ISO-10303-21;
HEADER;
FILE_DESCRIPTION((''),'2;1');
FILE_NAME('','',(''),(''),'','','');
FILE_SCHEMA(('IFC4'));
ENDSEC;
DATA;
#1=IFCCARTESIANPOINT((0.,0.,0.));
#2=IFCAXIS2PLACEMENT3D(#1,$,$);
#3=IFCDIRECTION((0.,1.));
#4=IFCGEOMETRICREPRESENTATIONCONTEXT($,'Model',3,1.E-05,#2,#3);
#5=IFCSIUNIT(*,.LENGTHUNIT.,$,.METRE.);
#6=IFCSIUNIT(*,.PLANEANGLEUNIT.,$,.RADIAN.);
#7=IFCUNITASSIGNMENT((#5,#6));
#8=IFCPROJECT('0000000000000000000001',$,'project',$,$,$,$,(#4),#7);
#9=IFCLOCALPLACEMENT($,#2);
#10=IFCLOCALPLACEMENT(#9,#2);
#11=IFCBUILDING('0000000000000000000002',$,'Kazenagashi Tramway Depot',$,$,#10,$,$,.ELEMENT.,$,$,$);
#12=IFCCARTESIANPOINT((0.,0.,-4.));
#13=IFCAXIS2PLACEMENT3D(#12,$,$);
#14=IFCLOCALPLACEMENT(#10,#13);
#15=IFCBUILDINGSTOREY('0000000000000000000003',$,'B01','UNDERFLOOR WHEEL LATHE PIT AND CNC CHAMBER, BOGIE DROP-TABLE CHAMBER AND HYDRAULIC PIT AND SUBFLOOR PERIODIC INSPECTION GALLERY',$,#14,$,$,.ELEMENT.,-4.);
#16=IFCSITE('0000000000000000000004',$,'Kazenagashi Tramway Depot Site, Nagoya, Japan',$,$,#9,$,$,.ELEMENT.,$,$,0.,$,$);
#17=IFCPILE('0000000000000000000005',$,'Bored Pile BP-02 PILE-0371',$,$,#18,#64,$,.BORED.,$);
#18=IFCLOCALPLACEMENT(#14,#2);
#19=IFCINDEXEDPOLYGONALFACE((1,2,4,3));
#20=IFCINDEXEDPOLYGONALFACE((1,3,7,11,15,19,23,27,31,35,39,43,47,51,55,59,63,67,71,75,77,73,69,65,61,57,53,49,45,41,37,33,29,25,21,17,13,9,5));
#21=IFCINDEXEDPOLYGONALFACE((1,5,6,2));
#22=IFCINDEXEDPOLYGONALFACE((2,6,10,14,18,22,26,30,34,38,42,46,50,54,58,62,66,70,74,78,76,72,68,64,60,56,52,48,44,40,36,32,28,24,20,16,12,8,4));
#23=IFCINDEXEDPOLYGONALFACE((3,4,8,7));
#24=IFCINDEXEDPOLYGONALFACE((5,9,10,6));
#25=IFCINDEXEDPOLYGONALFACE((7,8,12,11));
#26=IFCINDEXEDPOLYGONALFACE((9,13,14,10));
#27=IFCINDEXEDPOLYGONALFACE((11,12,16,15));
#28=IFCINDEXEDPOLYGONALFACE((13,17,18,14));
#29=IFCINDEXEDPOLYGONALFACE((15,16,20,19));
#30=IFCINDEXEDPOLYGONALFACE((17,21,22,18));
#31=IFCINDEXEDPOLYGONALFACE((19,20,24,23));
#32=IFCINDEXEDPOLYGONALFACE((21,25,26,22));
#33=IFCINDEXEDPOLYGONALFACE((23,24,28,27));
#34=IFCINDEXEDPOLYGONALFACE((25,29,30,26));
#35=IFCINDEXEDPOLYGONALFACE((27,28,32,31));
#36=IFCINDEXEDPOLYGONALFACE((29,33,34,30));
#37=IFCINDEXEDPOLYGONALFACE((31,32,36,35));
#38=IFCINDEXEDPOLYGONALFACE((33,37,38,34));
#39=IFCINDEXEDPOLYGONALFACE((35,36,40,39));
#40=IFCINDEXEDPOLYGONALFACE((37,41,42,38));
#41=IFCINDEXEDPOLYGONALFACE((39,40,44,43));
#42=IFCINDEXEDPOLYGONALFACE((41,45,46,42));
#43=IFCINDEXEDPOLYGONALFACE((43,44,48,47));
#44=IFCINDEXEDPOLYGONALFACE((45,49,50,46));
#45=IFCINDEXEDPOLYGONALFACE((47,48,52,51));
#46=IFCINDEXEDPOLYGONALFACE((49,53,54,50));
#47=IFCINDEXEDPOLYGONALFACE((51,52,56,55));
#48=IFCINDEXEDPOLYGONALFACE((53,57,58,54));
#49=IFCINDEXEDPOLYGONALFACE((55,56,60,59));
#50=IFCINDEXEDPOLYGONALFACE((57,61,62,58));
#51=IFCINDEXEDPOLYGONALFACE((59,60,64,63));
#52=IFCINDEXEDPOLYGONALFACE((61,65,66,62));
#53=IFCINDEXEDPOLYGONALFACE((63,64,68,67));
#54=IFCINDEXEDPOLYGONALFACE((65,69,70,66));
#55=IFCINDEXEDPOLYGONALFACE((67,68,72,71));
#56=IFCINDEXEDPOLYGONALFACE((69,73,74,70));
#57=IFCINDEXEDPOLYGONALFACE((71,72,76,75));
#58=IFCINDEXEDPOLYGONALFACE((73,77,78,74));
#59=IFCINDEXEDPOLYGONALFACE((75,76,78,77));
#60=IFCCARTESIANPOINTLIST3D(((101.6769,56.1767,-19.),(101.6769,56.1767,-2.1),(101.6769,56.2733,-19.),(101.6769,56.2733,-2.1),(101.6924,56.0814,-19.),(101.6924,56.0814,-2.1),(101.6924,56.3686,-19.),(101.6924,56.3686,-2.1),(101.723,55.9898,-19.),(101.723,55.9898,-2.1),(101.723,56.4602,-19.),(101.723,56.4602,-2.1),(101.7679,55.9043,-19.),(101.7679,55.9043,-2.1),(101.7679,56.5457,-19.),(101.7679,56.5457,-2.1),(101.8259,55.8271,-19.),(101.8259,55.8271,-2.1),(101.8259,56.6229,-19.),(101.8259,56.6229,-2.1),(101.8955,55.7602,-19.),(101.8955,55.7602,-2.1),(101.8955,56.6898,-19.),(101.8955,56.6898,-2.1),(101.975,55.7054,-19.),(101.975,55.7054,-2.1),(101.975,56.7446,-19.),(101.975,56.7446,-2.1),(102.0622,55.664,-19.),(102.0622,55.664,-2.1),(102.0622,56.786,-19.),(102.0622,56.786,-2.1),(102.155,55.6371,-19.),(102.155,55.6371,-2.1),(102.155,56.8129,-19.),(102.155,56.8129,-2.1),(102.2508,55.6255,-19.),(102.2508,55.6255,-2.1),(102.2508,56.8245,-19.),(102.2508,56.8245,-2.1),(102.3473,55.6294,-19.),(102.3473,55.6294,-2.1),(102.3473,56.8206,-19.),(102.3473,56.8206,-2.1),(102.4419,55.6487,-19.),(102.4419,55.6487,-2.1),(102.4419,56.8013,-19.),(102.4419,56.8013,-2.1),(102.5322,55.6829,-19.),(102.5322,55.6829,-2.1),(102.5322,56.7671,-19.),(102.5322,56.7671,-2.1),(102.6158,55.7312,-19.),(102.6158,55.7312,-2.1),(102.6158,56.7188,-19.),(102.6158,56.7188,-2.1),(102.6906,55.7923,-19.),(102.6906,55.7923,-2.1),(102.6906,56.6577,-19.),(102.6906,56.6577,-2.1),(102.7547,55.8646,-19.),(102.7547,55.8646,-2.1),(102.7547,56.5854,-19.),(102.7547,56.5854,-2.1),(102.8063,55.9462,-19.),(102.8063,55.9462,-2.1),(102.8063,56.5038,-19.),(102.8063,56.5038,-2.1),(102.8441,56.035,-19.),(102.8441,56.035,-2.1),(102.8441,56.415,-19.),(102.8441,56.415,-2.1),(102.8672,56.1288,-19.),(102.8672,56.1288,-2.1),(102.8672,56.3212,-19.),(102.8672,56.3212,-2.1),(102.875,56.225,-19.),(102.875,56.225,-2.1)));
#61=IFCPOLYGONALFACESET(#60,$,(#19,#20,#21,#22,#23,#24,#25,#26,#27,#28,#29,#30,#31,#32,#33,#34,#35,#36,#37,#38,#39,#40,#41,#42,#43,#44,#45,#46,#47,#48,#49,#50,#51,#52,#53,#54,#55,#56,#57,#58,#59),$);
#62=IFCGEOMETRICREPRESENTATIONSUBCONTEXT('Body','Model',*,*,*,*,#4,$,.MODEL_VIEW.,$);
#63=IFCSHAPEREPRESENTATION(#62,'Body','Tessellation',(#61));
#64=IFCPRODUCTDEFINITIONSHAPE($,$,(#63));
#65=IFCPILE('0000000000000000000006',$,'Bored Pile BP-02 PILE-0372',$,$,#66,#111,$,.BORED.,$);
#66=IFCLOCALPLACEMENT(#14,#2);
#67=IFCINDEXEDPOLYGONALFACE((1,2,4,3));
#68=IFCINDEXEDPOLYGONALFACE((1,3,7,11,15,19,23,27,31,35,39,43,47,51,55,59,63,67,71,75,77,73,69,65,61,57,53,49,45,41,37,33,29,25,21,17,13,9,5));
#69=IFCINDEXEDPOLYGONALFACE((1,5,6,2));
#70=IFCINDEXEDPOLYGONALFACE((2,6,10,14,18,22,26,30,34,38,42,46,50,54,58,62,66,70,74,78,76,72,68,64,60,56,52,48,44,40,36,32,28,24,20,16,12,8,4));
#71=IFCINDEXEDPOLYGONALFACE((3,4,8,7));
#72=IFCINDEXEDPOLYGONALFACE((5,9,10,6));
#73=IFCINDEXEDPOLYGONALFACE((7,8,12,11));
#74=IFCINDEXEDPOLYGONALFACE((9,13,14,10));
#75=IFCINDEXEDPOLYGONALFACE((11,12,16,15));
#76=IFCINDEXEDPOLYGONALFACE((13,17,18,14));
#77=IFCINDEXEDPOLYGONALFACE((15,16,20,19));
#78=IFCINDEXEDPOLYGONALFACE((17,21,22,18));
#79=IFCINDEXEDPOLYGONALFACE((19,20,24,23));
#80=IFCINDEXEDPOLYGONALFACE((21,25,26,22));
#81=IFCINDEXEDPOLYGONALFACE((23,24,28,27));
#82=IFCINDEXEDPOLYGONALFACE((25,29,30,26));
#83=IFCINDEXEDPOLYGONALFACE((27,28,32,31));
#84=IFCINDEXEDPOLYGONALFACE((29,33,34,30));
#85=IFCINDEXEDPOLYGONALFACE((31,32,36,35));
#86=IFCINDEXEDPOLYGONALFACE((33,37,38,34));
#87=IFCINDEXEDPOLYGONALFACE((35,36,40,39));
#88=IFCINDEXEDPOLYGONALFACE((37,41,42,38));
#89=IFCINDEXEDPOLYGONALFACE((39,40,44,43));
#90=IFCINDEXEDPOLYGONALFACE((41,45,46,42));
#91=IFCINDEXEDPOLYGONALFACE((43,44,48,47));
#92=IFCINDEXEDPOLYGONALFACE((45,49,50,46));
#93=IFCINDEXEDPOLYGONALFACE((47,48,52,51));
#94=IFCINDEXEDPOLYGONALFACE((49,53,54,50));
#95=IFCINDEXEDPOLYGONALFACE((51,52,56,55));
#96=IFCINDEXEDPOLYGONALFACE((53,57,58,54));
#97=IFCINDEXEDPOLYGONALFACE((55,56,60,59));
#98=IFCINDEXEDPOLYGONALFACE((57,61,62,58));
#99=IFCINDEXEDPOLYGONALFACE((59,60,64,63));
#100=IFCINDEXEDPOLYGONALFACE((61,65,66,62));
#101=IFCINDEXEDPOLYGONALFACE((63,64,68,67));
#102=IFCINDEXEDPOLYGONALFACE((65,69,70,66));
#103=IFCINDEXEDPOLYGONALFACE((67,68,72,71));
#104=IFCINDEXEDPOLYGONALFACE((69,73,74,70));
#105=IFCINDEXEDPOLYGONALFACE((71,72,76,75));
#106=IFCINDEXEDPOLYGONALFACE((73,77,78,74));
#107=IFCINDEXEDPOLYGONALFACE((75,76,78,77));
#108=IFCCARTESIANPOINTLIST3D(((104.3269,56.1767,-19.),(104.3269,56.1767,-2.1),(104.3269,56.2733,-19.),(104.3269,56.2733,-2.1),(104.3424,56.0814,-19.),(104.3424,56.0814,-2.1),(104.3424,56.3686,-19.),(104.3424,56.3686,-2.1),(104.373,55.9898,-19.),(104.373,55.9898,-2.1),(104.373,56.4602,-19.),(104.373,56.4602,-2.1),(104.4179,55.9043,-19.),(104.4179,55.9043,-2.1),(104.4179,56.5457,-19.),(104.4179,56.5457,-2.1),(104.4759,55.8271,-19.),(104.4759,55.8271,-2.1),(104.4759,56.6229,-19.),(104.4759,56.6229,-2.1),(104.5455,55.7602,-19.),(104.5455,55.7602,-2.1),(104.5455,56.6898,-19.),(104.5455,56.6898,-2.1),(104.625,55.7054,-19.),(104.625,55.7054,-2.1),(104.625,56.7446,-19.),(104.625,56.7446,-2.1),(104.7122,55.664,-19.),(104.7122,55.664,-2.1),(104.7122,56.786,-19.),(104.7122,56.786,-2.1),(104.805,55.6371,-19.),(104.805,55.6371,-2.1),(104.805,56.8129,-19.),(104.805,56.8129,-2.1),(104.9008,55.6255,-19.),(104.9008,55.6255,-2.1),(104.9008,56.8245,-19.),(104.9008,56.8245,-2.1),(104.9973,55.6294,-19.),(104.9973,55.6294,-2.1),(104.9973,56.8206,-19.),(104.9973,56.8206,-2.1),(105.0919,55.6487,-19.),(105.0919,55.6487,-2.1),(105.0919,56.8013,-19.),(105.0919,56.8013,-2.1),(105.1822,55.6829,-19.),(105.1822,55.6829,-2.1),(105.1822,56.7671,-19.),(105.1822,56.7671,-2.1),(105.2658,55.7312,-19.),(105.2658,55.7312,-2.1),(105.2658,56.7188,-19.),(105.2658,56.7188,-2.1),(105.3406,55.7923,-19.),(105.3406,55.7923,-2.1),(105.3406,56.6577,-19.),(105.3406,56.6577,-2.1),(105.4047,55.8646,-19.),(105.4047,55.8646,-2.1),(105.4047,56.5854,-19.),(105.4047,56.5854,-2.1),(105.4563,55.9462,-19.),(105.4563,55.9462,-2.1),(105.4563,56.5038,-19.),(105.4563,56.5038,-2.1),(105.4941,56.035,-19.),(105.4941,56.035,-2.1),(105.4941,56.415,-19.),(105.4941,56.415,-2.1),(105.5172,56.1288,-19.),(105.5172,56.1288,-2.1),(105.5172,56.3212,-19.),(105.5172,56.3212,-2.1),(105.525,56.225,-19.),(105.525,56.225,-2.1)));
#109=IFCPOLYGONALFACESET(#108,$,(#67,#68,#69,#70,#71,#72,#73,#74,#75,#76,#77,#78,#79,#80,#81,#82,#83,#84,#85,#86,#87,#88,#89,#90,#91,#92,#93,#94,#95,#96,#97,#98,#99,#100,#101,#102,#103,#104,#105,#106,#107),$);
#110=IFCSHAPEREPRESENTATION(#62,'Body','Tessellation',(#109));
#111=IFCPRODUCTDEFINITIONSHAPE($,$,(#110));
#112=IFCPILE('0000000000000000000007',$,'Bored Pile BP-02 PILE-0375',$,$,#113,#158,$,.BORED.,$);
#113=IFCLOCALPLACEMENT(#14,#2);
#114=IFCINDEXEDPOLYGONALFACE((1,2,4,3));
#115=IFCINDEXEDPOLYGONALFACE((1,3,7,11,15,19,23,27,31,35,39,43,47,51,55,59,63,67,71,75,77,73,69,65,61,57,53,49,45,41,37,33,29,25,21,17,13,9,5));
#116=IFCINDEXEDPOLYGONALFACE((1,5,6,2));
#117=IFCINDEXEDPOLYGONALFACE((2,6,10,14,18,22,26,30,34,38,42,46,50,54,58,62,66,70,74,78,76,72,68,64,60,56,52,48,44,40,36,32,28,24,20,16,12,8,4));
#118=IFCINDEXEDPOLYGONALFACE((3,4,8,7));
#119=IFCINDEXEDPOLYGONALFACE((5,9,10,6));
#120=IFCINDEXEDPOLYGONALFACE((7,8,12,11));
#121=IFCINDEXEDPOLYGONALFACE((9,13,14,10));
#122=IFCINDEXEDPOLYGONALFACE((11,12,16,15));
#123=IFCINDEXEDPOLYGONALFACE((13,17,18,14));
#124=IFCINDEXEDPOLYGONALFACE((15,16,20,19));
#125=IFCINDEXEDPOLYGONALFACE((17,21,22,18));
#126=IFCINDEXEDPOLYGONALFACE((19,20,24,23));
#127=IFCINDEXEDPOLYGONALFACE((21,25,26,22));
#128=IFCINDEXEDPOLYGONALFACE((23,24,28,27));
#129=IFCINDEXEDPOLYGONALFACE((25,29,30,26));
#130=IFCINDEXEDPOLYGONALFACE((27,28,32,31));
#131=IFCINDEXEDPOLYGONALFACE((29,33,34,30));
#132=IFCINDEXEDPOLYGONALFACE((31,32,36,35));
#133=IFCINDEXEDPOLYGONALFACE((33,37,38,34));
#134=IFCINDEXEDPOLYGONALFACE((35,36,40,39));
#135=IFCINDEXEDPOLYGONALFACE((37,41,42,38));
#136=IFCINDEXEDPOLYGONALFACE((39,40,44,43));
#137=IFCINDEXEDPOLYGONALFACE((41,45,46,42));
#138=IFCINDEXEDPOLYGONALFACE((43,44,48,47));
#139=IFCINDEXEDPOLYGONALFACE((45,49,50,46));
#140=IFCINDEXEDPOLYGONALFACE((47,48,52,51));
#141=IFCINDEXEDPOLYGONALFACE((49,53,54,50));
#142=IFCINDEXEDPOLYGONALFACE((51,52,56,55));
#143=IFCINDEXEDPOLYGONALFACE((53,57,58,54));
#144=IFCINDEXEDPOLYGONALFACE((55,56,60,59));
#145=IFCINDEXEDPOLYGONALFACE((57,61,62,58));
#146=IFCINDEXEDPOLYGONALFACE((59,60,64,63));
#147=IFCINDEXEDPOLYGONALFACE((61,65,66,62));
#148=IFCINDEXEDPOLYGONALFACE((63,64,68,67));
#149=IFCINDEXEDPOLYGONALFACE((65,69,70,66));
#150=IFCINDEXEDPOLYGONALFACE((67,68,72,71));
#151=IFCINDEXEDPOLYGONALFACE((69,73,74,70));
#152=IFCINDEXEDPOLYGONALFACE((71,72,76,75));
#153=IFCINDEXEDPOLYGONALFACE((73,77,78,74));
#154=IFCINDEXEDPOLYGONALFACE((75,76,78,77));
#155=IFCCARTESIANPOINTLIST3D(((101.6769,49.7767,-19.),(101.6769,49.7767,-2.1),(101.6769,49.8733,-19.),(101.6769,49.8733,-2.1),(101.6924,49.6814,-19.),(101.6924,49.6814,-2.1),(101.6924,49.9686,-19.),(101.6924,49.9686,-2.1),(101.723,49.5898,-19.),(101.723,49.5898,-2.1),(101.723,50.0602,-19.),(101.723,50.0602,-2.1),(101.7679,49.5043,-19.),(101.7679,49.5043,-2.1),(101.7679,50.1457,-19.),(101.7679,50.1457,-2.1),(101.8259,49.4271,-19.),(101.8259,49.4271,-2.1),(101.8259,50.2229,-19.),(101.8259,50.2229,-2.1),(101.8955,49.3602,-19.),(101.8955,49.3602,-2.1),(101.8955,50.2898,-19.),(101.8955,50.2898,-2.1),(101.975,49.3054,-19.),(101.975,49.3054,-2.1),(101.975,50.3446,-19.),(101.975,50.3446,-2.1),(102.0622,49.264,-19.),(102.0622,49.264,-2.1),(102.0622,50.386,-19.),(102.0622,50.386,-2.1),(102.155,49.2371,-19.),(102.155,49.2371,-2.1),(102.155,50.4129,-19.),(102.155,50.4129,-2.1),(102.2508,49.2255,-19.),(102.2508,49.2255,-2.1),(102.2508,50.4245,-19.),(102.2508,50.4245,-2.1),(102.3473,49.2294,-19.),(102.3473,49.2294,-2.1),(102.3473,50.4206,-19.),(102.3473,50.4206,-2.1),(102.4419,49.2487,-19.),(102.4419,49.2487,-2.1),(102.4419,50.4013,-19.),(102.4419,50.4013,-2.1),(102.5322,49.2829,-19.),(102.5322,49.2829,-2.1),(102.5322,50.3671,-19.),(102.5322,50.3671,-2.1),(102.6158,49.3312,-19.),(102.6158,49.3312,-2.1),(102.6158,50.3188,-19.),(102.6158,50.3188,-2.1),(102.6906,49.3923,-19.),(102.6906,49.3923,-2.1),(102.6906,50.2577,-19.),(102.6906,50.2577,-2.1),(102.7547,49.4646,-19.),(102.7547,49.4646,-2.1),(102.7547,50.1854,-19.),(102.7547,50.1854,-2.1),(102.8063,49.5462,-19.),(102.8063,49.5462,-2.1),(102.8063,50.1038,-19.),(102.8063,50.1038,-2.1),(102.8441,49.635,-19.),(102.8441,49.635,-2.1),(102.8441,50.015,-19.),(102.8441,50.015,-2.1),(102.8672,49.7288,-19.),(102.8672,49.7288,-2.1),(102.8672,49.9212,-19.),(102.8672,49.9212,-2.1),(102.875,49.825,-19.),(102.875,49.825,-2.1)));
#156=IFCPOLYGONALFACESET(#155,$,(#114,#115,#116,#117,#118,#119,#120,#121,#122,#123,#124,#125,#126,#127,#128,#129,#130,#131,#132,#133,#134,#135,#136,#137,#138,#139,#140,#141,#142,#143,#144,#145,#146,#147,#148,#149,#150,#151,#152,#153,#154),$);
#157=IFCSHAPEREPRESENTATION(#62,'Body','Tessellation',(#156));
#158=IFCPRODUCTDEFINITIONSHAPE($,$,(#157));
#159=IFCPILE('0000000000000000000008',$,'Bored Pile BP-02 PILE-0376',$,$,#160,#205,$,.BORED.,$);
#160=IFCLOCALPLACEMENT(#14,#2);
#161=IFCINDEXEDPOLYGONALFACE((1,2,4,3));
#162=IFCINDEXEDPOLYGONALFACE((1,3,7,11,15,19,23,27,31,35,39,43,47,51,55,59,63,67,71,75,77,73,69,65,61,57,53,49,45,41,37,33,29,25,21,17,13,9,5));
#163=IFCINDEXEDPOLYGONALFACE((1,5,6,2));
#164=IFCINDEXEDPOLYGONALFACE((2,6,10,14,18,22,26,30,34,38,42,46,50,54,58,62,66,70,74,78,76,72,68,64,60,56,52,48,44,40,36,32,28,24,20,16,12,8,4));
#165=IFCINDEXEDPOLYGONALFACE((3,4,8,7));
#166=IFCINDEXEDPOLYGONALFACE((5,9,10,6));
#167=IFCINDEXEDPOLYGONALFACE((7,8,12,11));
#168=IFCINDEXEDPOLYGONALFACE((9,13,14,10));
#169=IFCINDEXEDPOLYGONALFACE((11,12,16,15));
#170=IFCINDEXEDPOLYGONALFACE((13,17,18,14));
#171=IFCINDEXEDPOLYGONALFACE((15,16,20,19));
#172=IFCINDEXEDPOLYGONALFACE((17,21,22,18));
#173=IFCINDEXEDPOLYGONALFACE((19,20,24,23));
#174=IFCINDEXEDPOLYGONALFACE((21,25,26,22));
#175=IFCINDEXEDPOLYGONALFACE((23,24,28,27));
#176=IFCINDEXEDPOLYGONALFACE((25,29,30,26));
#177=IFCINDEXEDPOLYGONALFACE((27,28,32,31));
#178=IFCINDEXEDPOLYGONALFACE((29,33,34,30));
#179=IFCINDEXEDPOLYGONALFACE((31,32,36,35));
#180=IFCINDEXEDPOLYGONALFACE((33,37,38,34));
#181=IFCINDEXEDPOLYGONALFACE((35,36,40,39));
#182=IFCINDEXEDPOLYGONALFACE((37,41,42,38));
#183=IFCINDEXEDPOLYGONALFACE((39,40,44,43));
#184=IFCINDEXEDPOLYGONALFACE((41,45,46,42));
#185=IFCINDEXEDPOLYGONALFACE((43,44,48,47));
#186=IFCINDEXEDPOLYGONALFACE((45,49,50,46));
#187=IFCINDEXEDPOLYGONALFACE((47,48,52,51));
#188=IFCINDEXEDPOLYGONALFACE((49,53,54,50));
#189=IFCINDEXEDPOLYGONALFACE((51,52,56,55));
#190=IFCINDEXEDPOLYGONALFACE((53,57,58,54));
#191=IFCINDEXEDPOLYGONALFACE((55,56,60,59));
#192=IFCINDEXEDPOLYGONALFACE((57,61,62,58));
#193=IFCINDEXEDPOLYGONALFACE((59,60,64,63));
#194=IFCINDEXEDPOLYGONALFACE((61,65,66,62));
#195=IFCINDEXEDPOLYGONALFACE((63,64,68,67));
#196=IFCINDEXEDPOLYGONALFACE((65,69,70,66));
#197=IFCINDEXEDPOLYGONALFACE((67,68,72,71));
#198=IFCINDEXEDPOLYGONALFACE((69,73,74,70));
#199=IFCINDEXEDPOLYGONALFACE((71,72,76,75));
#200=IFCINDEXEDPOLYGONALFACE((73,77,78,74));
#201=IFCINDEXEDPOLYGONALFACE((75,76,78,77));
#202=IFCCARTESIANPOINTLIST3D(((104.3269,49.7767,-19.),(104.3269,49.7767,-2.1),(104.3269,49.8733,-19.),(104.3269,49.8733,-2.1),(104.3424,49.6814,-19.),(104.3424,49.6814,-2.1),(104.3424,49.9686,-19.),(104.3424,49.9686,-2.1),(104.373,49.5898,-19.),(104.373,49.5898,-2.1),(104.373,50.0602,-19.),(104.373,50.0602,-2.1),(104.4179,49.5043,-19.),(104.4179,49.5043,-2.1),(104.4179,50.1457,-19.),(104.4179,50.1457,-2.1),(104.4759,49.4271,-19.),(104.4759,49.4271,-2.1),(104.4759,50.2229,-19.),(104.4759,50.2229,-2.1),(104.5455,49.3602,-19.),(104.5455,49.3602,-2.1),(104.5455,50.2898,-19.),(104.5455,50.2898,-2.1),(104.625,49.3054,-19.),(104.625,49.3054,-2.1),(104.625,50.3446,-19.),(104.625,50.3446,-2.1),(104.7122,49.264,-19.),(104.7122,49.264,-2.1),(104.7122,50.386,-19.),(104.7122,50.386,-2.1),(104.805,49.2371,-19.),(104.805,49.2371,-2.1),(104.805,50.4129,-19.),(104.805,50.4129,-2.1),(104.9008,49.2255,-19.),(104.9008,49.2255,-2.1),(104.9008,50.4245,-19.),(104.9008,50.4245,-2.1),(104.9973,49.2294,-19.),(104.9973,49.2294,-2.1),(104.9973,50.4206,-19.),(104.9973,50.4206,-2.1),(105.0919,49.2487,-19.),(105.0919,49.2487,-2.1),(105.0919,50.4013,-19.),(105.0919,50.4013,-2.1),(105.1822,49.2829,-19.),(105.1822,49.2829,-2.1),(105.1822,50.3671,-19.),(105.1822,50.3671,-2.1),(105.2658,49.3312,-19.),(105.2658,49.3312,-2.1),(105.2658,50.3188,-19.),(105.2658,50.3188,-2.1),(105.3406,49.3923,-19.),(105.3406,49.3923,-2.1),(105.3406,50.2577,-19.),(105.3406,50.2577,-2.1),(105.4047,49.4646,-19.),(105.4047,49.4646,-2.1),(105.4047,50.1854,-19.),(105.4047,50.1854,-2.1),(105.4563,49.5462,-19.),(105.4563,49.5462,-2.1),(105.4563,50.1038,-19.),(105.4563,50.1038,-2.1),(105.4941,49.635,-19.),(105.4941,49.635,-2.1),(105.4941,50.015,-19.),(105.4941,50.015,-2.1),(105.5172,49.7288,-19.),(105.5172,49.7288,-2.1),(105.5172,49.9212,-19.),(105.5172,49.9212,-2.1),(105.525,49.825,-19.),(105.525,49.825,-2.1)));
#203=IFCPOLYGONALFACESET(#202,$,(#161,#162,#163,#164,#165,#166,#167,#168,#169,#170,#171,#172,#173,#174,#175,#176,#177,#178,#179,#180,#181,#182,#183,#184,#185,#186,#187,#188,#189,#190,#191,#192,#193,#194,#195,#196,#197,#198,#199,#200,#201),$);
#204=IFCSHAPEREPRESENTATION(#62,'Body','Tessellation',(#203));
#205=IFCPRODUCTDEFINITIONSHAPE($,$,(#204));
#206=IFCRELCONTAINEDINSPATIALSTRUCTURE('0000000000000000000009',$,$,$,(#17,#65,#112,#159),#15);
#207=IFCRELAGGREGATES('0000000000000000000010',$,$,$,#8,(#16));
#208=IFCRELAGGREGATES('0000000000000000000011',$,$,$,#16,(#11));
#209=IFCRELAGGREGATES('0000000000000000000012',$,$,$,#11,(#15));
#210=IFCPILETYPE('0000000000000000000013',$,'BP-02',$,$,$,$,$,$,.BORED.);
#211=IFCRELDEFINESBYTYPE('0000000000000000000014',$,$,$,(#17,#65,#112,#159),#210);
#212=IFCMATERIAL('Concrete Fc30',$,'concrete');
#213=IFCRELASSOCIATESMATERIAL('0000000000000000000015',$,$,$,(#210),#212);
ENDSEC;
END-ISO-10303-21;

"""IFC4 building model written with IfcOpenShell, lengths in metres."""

from ifc_helpers import new_model, si_unit, direction, frame, origin, origin_2d, place, context, subcontext, project, spatial, circle, extrude, material, material_profile, profile_set, type_object, element, save


model = new_model("IFC4")

# Units and contexts
model_context = context("Model", 3, precision=1e-05, world=origin(), true_north=direction((0.0, 1.0)))
body_context = subcontext(model_context, "Body", "Model", "MODEL_VIEW")
ifc_project = project(units=[si_unit("LENGTHUNIT", "METRE"), si_unit("PLANEANGLEUNIT", "RADIAN")], contexts=[model_context])

# Site, building, storey
site_placement = place(None, origin())
site = spatial("IfcSite", under=ifc_project, at=site_placement, Name="Kazenagashi Tramway Depot Site, Nagoya, Japan", CompositionType="ELEMENT", RefElevation=0.0)
building_placement = place(site_placement, origin())
building = spatial("IfcBuilding", under=site, at=building_placement, Name="Kazenagashi Tramway Depot", CompositionType="ELEMENT")
storey_placement = place(building_placement, frame((0.0, 0.0, -4.0)))
storey = spatial("IfcBuildingStorey", under=building, at=storey_placement, Name="B01", Description="UNDERFLOOR WHEEL LATHE PIT AND CNC CHAMBER, BOGIE DROP-TABLE CHAMBER AND HYDRAULIC PIT AND SUBFLOOR PERIODIC INSPECTION GALLERY", CompositionType="ELEMENT", Elevation=-4.0)

# Piles
ifc_material_1 = material(Name="Concrete Fc30", Category="concrete")
ifc_material_profile_1 = material_profile(ifc_material_1, circle(Radius=0.6, at=origin_2d()), Name="PILE-1200")
ifc_profile_set_1 = profile_set([ifc_material_profile_1], Name="Concrete Fc30")
pile_type = type_object("IfcPileType", Name="BP-02", PredefinedType="BORED", material=ifc_profile_set_1)
for number, where, z_axis, x_axis, name in (
    (1, (102.275, 56.225, -2.1), (0.0, 0.0, -1.0), (1.0, 0.0, 0.0), "Bored Pile BP-02 PILE-0371"),
    (2, (104.925, 56.225, -2.1), (0.0, 0.0, -1.0), (1.0, 0.0, 0.0), "Bored Pile BP-02 PILE-0372"),
    (3, (102.275, 49.825, -2.1), (0.0, 0.0, -1.0), (1.0, 0.0, 0.0), "Bored Pile BP-02 PILE-0375"),
    (4, (104.925, 49.825, -2.1), (0.0, 0.0, -1.0), (1.0, 0.0, 0.0), "Bored Pile BP-02 PILE-0376"),
):
    element("IfcPile", number, at=place(storey_placement, frame(where, z_axis=z_axis, x_axis=x_axis)), inside=storey, type_object=pile_type, Name=name, PredefinedType="BORED", context=body_context, shape_type="SweptSolid", body=[
        extrude(circle(Radius=0.6, at=origin_2d()), origin(), (0.0, 0.0, 1.0), 16.9),
    ])

save(model, "model.ifc")
